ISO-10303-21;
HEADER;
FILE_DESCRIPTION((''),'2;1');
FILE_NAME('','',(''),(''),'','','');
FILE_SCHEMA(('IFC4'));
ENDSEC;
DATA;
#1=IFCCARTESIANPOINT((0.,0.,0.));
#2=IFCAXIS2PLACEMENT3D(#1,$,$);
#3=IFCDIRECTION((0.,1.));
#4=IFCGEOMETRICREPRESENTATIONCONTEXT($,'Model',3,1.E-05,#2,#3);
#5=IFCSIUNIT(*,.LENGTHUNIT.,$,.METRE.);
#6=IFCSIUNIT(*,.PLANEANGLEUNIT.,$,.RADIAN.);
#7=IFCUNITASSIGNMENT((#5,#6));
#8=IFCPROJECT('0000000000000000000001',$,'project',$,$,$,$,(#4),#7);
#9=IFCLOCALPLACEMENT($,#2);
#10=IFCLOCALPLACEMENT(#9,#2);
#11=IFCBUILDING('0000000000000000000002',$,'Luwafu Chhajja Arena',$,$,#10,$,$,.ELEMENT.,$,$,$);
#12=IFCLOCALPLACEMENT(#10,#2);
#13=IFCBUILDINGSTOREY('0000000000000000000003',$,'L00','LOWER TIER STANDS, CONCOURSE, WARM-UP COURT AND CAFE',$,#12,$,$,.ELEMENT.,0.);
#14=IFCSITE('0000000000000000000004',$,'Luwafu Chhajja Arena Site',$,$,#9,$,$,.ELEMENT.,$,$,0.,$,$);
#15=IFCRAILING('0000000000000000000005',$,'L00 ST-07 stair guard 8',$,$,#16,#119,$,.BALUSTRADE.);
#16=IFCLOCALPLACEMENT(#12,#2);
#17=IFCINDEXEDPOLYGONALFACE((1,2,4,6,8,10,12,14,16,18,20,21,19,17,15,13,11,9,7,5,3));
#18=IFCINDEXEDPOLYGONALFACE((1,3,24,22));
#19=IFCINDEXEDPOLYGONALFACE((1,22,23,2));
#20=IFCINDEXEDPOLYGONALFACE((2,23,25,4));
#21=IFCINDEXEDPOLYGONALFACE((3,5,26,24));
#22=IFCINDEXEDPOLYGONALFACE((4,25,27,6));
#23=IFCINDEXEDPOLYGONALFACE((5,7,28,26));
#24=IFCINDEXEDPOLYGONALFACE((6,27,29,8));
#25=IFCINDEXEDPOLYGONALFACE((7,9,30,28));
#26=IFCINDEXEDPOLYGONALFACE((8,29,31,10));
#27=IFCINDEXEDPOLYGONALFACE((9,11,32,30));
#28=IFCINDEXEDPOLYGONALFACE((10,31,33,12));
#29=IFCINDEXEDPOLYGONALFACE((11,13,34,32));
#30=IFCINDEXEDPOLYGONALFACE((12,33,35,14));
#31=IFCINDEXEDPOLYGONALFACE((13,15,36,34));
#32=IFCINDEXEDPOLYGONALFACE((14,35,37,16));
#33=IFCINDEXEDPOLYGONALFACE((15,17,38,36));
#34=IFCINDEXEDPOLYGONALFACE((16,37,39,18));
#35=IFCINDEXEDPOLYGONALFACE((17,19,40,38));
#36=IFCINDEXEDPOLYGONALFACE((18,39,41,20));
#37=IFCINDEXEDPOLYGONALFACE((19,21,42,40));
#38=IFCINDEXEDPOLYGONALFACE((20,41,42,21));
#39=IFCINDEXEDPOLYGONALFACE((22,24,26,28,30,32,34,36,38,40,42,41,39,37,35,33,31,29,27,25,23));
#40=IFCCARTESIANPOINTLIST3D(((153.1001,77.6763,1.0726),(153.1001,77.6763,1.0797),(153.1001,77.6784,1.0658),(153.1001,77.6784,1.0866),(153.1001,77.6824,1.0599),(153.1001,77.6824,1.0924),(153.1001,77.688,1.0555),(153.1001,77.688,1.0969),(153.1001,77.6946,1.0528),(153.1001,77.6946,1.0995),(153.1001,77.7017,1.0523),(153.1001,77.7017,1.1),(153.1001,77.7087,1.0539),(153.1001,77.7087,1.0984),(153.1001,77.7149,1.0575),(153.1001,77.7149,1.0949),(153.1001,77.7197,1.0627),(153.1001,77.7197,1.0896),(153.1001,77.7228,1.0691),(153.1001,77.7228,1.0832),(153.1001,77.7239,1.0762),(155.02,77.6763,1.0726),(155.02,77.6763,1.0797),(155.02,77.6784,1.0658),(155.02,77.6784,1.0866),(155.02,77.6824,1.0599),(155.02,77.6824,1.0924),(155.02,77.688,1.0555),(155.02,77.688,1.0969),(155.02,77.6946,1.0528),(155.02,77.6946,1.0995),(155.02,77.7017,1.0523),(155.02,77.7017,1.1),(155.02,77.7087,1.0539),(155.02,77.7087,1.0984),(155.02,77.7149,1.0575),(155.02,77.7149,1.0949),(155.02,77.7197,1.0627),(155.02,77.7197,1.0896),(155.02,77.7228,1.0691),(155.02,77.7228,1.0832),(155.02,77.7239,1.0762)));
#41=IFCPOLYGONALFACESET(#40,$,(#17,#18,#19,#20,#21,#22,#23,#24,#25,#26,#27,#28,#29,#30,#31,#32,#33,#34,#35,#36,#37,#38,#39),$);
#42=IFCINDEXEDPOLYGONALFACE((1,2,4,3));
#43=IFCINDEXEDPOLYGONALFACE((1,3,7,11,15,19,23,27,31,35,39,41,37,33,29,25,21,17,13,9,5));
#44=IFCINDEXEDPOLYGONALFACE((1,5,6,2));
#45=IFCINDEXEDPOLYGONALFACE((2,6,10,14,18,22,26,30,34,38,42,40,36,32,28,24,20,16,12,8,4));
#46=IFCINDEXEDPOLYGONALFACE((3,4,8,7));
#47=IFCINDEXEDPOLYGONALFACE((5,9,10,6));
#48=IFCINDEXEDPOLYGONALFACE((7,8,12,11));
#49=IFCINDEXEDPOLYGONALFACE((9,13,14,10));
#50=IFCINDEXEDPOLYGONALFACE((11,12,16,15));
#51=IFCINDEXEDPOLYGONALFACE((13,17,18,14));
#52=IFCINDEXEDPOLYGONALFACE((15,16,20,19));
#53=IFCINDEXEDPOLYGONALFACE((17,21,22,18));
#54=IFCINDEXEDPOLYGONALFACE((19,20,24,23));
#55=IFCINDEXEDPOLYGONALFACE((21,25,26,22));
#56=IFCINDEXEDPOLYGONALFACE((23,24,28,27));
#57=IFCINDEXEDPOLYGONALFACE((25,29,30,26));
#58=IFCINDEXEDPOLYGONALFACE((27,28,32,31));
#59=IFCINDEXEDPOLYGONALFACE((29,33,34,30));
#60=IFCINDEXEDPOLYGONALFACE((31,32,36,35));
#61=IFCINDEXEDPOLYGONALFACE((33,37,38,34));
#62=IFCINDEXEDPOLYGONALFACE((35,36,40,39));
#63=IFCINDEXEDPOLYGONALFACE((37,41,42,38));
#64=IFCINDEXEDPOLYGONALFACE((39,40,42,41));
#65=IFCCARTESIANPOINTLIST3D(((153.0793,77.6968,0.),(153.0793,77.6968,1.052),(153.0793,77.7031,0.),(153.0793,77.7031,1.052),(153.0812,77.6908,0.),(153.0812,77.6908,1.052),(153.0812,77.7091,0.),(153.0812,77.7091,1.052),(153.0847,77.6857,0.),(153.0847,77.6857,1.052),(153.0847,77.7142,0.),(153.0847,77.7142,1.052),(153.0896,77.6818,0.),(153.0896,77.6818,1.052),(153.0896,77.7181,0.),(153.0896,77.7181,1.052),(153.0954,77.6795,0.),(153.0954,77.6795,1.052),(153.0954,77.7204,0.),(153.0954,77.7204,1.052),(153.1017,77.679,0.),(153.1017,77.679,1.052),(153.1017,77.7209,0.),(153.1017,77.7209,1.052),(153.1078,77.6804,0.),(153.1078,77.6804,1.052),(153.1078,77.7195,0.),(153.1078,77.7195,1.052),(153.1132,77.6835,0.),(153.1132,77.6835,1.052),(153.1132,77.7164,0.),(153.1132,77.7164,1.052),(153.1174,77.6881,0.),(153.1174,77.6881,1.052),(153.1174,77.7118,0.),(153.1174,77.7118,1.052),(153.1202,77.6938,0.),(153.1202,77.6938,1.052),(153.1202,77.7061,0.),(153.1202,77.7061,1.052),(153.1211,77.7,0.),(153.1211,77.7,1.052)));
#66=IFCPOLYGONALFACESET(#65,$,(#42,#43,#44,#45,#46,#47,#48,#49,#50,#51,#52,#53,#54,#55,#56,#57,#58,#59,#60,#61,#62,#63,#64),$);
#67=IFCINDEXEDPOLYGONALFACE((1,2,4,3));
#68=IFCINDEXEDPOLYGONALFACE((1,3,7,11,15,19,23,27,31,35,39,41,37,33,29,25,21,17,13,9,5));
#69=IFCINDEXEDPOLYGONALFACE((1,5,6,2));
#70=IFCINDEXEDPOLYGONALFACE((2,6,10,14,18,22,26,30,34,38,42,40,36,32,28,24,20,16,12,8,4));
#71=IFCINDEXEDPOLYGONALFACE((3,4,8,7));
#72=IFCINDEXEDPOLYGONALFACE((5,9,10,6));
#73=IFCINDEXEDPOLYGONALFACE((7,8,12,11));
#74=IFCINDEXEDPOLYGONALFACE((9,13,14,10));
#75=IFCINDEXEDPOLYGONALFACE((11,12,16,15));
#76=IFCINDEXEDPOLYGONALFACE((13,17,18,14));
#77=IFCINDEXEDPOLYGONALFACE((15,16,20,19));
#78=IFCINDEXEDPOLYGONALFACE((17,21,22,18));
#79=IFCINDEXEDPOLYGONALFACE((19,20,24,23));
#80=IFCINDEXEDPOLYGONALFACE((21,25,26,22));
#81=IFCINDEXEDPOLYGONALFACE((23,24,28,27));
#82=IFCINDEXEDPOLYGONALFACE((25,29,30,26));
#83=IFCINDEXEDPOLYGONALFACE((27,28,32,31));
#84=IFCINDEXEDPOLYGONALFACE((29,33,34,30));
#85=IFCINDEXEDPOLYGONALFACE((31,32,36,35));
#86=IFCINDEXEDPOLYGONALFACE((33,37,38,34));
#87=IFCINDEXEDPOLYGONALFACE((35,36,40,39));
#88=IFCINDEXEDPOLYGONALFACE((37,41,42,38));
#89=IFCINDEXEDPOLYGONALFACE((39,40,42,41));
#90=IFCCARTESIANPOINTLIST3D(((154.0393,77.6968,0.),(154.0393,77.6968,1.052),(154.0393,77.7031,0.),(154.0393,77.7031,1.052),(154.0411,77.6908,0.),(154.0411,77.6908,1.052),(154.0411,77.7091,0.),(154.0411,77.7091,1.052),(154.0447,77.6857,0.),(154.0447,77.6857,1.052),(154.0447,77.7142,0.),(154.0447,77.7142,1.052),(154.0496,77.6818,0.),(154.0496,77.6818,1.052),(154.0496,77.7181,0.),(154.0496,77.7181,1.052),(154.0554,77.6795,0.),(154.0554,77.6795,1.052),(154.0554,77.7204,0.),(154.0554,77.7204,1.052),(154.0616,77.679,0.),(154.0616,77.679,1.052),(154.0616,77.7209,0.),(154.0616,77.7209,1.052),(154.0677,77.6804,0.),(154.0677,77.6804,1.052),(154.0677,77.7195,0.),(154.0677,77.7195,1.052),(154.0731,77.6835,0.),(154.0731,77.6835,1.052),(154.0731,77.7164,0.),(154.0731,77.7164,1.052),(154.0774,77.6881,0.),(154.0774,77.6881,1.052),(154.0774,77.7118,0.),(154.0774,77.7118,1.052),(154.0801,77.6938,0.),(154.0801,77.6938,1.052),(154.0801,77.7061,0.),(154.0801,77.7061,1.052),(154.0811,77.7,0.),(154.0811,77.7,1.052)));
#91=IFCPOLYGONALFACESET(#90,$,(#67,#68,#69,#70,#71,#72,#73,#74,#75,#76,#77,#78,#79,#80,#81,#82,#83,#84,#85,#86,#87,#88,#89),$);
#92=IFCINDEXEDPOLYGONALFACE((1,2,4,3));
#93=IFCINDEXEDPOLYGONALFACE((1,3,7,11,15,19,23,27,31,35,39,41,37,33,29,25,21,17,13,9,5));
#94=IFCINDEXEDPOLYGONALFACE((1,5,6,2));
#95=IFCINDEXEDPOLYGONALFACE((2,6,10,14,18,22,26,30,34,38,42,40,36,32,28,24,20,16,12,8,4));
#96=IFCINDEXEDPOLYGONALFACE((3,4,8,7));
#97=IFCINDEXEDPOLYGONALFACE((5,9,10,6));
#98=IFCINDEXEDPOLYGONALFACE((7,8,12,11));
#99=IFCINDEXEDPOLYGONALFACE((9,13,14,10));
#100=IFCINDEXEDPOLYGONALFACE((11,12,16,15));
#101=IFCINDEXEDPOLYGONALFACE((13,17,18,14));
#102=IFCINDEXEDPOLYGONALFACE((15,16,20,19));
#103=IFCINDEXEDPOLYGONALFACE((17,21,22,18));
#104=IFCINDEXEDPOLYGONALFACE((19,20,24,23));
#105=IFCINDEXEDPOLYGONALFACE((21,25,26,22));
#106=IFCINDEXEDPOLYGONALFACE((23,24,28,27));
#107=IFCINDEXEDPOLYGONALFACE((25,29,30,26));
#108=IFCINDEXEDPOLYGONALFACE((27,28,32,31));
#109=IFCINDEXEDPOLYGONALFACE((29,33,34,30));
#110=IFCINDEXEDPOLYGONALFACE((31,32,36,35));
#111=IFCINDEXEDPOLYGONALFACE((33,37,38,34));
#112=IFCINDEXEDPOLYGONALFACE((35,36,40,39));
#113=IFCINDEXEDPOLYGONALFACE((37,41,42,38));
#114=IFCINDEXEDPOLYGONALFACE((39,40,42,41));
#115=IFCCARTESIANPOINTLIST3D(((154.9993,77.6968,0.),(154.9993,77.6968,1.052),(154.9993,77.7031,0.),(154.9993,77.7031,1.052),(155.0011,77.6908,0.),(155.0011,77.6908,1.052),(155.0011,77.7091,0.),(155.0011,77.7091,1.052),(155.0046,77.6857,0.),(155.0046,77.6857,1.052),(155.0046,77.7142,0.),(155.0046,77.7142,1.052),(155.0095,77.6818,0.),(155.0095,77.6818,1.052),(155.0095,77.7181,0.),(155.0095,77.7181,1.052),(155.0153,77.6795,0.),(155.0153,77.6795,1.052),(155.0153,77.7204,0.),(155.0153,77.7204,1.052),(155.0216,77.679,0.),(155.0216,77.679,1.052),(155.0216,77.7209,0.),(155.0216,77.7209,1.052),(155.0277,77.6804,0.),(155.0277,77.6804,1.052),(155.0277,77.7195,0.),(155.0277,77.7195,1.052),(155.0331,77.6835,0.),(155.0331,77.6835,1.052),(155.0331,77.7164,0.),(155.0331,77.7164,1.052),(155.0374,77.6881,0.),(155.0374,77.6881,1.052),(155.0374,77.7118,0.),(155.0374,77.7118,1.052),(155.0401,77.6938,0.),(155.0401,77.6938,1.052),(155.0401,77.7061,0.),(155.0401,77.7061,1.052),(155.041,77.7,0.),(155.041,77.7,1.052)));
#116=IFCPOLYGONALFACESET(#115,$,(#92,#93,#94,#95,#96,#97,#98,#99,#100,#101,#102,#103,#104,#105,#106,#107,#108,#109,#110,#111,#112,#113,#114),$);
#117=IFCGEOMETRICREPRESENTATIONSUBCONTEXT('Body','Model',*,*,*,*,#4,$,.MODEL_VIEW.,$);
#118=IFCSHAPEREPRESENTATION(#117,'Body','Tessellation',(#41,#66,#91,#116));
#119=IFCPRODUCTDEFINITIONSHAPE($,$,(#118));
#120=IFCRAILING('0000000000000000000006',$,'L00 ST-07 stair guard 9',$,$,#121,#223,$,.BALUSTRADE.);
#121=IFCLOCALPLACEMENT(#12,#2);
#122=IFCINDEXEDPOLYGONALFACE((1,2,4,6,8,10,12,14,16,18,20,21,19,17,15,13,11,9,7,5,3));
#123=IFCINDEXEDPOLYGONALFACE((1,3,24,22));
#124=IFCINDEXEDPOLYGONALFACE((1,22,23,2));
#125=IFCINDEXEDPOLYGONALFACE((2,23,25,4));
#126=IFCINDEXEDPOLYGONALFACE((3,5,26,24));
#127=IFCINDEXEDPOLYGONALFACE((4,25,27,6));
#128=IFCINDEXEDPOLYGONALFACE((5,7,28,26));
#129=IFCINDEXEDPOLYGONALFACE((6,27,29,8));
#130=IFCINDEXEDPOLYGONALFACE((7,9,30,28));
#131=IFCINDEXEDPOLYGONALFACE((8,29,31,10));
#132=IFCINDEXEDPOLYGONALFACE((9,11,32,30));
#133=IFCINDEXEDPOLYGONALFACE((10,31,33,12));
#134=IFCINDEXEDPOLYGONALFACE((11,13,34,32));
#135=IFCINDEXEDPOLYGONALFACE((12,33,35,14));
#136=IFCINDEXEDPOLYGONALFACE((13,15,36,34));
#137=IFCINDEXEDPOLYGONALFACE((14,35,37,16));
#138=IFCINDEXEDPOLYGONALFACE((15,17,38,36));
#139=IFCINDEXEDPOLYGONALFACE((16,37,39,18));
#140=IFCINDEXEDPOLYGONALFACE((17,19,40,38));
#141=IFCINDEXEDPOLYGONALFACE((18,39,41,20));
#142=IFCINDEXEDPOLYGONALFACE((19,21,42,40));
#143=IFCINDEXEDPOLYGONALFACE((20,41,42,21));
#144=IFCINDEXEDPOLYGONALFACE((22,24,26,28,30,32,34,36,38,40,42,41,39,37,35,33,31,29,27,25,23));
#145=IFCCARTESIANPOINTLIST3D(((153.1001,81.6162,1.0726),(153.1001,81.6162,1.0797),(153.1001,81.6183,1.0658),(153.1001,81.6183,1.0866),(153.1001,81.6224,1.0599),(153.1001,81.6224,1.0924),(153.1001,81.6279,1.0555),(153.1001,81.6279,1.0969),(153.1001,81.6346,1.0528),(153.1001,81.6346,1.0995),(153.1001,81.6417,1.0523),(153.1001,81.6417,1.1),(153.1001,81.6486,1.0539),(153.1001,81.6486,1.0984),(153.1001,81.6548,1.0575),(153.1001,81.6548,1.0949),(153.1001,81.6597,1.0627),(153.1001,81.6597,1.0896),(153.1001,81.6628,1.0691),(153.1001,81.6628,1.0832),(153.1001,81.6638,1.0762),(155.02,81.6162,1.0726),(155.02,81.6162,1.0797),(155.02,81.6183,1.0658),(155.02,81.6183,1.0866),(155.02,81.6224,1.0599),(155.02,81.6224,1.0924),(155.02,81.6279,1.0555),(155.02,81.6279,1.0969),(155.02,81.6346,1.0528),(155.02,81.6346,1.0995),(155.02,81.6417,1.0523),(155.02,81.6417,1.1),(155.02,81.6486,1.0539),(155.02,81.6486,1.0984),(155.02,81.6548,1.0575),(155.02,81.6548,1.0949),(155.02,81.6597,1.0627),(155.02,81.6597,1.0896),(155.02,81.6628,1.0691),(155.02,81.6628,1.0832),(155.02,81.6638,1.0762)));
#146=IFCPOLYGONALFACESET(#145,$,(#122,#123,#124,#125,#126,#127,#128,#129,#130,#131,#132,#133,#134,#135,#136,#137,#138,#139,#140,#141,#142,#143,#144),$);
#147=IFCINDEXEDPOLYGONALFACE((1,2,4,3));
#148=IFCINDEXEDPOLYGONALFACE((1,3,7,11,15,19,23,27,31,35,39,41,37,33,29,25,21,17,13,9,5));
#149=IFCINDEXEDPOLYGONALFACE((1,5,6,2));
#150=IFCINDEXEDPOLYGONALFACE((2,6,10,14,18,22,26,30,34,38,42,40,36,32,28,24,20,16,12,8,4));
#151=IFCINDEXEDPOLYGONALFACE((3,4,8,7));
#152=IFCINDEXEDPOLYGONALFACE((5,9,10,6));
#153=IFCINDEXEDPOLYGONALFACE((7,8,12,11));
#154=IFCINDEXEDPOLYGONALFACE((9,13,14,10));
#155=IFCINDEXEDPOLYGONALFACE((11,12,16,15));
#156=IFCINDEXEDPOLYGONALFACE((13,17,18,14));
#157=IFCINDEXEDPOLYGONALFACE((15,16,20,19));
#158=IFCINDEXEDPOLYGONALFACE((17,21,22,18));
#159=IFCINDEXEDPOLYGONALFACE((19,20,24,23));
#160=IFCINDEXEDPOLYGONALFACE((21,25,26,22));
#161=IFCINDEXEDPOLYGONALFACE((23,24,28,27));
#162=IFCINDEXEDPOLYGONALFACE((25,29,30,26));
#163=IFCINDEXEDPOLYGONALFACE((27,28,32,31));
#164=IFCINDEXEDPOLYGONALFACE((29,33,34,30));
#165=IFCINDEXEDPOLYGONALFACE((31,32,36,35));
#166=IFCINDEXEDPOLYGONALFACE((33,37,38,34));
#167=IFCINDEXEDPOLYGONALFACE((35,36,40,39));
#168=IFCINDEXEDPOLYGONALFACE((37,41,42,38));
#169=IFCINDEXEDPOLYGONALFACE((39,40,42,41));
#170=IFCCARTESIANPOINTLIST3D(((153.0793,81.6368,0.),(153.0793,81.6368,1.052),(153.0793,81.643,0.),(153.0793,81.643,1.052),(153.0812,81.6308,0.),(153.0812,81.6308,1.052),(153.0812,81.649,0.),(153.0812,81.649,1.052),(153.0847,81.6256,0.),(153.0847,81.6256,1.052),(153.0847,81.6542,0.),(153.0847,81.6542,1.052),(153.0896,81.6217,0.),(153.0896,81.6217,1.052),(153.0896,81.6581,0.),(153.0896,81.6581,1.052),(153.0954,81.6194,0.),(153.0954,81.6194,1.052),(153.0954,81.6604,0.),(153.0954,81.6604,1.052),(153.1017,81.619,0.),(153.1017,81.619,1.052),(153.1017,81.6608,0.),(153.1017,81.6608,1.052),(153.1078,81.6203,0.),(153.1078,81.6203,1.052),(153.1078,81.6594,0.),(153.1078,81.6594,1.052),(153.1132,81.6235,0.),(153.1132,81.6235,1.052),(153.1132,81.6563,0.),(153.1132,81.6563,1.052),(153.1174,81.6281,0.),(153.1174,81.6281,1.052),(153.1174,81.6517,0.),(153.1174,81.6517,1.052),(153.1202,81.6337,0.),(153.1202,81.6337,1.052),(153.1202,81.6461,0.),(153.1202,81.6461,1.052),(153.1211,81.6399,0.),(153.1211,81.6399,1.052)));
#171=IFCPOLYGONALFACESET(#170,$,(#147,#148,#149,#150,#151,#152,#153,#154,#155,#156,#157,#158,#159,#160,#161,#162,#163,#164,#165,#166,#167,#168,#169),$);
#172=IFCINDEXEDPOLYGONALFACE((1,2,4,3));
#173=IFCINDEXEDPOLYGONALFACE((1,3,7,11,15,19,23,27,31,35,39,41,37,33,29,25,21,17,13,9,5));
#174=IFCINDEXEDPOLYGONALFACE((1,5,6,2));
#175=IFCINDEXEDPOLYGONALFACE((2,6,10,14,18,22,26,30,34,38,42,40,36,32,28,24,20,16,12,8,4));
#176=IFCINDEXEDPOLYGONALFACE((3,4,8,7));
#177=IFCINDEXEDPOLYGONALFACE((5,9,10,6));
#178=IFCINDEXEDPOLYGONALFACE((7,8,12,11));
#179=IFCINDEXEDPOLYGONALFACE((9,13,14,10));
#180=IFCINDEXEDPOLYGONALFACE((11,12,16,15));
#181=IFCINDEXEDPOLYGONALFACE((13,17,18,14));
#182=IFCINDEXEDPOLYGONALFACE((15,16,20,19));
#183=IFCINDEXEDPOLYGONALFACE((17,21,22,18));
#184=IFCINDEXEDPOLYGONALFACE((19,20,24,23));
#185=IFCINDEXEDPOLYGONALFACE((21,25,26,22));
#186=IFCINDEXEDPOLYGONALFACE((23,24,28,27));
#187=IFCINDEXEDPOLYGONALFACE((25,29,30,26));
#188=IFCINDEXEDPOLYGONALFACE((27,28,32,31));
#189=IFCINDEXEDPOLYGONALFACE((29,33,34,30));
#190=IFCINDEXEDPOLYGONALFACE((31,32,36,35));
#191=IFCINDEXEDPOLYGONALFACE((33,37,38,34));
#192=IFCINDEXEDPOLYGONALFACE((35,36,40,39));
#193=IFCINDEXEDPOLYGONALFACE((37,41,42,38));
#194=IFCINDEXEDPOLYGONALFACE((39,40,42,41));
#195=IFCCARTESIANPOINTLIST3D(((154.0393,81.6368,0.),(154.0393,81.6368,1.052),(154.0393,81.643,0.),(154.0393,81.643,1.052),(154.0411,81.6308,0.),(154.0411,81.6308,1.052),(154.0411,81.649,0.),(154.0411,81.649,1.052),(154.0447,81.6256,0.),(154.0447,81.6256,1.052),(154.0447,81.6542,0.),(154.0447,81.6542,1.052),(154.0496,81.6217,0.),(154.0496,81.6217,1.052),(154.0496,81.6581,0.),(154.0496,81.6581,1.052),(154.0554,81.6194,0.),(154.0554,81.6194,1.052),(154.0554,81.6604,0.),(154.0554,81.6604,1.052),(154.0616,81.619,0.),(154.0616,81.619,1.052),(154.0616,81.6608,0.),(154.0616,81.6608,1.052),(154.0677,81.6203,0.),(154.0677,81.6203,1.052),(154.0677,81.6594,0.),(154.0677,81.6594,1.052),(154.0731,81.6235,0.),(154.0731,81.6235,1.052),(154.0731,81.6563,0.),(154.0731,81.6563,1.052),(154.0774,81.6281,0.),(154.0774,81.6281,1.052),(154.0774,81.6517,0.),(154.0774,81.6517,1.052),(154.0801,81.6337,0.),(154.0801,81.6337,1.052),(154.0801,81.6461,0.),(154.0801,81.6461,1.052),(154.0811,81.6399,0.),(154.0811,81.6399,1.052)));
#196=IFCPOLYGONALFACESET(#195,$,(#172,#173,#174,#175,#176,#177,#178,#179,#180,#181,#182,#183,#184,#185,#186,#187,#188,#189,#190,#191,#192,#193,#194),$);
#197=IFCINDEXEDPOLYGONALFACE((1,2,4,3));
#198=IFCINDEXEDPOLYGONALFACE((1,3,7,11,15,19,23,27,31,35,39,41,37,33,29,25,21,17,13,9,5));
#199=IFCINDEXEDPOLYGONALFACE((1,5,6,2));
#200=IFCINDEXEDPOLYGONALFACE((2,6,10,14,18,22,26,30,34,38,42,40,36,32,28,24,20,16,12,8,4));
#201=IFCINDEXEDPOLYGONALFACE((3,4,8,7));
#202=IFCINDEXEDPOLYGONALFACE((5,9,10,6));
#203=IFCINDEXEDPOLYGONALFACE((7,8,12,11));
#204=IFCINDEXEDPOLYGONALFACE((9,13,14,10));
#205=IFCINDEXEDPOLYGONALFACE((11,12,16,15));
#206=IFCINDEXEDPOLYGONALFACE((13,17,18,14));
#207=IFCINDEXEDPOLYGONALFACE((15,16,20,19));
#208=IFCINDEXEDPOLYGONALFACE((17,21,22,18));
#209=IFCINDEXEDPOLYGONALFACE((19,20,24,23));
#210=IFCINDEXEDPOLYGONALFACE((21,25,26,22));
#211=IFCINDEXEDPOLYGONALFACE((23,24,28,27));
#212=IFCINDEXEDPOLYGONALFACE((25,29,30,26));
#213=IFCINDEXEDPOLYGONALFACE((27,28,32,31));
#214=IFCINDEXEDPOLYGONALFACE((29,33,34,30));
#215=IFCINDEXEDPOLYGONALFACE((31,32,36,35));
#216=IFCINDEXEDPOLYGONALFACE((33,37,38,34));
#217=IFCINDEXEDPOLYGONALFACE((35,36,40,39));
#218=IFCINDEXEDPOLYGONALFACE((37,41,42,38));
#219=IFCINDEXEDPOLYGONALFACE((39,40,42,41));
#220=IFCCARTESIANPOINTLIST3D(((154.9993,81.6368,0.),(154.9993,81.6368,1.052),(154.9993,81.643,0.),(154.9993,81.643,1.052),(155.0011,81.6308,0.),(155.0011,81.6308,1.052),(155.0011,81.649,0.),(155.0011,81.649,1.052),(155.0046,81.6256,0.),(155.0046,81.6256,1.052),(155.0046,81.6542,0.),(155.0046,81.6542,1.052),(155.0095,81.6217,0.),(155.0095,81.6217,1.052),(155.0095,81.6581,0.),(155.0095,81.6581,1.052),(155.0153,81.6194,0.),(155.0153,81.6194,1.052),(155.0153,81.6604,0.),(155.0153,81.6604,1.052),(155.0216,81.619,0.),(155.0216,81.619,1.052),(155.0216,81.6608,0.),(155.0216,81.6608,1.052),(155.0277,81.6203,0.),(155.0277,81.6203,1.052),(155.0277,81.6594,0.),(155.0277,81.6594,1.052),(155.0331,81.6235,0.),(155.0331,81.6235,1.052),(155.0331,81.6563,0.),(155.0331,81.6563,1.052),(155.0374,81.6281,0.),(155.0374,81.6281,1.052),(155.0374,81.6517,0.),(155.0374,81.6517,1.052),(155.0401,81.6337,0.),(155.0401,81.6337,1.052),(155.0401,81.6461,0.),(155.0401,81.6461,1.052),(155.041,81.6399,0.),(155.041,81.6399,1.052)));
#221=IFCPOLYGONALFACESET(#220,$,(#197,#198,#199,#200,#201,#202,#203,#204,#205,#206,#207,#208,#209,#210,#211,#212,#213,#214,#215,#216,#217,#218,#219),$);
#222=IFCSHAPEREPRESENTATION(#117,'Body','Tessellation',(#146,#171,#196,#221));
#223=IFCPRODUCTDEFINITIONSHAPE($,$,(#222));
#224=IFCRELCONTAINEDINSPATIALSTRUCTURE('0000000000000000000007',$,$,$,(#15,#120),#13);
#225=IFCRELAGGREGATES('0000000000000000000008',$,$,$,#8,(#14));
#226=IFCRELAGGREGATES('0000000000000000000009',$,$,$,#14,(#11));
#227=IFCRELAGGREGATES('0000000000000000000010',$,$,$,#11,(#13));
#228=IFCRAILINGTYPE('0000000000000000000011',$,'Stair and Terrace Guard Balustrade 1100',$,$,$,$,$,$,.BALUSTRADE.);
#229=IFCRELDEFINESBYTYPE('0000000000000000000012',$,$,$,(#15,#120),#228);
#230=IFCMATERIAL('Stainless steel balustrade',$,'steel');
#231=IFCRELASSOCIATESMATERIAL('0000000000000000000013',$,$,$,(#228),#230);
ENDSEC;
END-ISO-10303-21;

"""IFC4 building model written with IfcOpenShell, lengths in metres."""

from ifc_helpers import new_model, si_unit, direction, frame, origin, origin_2d, place, context, subcontext, project, spatial, circle, extrude, material, type_object, element, save


model = new_model("IFC4")

# Units and contexts
model_context = context("Model", 3, precision=1e-05, world=origin(), true_north=direction((0.0, 1.0)))
body_context = subcontext(model_context, "Body", "Model", "MODEL_VIEW")
ifc_project = project(units=[si_unit("LENGTHUNIT", "METRE"), si_unit("PLANEANGLEUNIT", "RADIAN")], contexts=[model_context])

# Site, building, storey
site_placement = place(None, origin())
site = spatial("IfcSite", under=ifc_project, at=site_placement, Name="Luwafu Chhajja Arena Site", CompositionType="ELEMENT", RefElevation=0.0)
building_placement = place(site_placement, origin())
building = spatial("IfcBuilding", under=site, at=building_placement, Name="Luwafu Chhajja Arena", CompositionType="ELEMENT")
storey_placement = place(building_placement, origin())
storey = spatial("IfcBuildingStorey", under=building, at=storey_placement, Name="L00", Description="LOWER TIER STANDS, CONCOURSE, WARM-UP COURT AND CAFE", CompositionType="ELEMENT", Elevation=0.0)

# Railings
ifc_material_1 = material(Name="Stainless steel balustrade", Category="steel")
railing_type = type_object("IfcRailingType", Name="Stair and Terrace Guard Balustrade 1100", PredefinedType="BALUSTRADE", material=ifc_material_1)
for number, where, name in (
    (1, (153.1001, 77.7, 0.0), "L00 ST-07 stair guard 8"),
    (2, (153.1001, 81.6399, 0.0), "L00 ST-07 stair guard 9"),
):
    element("IfcRailing", number, at=place(storey_placement, frame(where)), inside=storey, type_object=railing_type, Name=name, PredefinedType="BALUSTRADE", context=body_context, shape_type="SweptSolid", body=[
        extrude(circle(Radius=0.0239, at=origin_2d()), frame((0.0, 0.0, 1.0762), z_axis=(1.0, 0.0, 0.0), x_axis=(0.0, 1.0, 0.0)), (0.0, 0.0, 1.0), 1.9199),
        extrude(circle(Radius=0.021, at=origin_2d()), origin(), (0.0, 0.0, 1.0), 1.052),
        extrude(circle(Radius=0.021, at=origin_2d()), frame((0.96, 0.0, 0.0)), (0.0, 0.0, 1.0), 1.052),
        extrude(circle(Radius=0.021, at=origin_2d()), frame((1.9199, 0.0, 0.0)), (0.0, 0.0, 1.0), 1.052),
    ])

save(model, "model.ifc")
